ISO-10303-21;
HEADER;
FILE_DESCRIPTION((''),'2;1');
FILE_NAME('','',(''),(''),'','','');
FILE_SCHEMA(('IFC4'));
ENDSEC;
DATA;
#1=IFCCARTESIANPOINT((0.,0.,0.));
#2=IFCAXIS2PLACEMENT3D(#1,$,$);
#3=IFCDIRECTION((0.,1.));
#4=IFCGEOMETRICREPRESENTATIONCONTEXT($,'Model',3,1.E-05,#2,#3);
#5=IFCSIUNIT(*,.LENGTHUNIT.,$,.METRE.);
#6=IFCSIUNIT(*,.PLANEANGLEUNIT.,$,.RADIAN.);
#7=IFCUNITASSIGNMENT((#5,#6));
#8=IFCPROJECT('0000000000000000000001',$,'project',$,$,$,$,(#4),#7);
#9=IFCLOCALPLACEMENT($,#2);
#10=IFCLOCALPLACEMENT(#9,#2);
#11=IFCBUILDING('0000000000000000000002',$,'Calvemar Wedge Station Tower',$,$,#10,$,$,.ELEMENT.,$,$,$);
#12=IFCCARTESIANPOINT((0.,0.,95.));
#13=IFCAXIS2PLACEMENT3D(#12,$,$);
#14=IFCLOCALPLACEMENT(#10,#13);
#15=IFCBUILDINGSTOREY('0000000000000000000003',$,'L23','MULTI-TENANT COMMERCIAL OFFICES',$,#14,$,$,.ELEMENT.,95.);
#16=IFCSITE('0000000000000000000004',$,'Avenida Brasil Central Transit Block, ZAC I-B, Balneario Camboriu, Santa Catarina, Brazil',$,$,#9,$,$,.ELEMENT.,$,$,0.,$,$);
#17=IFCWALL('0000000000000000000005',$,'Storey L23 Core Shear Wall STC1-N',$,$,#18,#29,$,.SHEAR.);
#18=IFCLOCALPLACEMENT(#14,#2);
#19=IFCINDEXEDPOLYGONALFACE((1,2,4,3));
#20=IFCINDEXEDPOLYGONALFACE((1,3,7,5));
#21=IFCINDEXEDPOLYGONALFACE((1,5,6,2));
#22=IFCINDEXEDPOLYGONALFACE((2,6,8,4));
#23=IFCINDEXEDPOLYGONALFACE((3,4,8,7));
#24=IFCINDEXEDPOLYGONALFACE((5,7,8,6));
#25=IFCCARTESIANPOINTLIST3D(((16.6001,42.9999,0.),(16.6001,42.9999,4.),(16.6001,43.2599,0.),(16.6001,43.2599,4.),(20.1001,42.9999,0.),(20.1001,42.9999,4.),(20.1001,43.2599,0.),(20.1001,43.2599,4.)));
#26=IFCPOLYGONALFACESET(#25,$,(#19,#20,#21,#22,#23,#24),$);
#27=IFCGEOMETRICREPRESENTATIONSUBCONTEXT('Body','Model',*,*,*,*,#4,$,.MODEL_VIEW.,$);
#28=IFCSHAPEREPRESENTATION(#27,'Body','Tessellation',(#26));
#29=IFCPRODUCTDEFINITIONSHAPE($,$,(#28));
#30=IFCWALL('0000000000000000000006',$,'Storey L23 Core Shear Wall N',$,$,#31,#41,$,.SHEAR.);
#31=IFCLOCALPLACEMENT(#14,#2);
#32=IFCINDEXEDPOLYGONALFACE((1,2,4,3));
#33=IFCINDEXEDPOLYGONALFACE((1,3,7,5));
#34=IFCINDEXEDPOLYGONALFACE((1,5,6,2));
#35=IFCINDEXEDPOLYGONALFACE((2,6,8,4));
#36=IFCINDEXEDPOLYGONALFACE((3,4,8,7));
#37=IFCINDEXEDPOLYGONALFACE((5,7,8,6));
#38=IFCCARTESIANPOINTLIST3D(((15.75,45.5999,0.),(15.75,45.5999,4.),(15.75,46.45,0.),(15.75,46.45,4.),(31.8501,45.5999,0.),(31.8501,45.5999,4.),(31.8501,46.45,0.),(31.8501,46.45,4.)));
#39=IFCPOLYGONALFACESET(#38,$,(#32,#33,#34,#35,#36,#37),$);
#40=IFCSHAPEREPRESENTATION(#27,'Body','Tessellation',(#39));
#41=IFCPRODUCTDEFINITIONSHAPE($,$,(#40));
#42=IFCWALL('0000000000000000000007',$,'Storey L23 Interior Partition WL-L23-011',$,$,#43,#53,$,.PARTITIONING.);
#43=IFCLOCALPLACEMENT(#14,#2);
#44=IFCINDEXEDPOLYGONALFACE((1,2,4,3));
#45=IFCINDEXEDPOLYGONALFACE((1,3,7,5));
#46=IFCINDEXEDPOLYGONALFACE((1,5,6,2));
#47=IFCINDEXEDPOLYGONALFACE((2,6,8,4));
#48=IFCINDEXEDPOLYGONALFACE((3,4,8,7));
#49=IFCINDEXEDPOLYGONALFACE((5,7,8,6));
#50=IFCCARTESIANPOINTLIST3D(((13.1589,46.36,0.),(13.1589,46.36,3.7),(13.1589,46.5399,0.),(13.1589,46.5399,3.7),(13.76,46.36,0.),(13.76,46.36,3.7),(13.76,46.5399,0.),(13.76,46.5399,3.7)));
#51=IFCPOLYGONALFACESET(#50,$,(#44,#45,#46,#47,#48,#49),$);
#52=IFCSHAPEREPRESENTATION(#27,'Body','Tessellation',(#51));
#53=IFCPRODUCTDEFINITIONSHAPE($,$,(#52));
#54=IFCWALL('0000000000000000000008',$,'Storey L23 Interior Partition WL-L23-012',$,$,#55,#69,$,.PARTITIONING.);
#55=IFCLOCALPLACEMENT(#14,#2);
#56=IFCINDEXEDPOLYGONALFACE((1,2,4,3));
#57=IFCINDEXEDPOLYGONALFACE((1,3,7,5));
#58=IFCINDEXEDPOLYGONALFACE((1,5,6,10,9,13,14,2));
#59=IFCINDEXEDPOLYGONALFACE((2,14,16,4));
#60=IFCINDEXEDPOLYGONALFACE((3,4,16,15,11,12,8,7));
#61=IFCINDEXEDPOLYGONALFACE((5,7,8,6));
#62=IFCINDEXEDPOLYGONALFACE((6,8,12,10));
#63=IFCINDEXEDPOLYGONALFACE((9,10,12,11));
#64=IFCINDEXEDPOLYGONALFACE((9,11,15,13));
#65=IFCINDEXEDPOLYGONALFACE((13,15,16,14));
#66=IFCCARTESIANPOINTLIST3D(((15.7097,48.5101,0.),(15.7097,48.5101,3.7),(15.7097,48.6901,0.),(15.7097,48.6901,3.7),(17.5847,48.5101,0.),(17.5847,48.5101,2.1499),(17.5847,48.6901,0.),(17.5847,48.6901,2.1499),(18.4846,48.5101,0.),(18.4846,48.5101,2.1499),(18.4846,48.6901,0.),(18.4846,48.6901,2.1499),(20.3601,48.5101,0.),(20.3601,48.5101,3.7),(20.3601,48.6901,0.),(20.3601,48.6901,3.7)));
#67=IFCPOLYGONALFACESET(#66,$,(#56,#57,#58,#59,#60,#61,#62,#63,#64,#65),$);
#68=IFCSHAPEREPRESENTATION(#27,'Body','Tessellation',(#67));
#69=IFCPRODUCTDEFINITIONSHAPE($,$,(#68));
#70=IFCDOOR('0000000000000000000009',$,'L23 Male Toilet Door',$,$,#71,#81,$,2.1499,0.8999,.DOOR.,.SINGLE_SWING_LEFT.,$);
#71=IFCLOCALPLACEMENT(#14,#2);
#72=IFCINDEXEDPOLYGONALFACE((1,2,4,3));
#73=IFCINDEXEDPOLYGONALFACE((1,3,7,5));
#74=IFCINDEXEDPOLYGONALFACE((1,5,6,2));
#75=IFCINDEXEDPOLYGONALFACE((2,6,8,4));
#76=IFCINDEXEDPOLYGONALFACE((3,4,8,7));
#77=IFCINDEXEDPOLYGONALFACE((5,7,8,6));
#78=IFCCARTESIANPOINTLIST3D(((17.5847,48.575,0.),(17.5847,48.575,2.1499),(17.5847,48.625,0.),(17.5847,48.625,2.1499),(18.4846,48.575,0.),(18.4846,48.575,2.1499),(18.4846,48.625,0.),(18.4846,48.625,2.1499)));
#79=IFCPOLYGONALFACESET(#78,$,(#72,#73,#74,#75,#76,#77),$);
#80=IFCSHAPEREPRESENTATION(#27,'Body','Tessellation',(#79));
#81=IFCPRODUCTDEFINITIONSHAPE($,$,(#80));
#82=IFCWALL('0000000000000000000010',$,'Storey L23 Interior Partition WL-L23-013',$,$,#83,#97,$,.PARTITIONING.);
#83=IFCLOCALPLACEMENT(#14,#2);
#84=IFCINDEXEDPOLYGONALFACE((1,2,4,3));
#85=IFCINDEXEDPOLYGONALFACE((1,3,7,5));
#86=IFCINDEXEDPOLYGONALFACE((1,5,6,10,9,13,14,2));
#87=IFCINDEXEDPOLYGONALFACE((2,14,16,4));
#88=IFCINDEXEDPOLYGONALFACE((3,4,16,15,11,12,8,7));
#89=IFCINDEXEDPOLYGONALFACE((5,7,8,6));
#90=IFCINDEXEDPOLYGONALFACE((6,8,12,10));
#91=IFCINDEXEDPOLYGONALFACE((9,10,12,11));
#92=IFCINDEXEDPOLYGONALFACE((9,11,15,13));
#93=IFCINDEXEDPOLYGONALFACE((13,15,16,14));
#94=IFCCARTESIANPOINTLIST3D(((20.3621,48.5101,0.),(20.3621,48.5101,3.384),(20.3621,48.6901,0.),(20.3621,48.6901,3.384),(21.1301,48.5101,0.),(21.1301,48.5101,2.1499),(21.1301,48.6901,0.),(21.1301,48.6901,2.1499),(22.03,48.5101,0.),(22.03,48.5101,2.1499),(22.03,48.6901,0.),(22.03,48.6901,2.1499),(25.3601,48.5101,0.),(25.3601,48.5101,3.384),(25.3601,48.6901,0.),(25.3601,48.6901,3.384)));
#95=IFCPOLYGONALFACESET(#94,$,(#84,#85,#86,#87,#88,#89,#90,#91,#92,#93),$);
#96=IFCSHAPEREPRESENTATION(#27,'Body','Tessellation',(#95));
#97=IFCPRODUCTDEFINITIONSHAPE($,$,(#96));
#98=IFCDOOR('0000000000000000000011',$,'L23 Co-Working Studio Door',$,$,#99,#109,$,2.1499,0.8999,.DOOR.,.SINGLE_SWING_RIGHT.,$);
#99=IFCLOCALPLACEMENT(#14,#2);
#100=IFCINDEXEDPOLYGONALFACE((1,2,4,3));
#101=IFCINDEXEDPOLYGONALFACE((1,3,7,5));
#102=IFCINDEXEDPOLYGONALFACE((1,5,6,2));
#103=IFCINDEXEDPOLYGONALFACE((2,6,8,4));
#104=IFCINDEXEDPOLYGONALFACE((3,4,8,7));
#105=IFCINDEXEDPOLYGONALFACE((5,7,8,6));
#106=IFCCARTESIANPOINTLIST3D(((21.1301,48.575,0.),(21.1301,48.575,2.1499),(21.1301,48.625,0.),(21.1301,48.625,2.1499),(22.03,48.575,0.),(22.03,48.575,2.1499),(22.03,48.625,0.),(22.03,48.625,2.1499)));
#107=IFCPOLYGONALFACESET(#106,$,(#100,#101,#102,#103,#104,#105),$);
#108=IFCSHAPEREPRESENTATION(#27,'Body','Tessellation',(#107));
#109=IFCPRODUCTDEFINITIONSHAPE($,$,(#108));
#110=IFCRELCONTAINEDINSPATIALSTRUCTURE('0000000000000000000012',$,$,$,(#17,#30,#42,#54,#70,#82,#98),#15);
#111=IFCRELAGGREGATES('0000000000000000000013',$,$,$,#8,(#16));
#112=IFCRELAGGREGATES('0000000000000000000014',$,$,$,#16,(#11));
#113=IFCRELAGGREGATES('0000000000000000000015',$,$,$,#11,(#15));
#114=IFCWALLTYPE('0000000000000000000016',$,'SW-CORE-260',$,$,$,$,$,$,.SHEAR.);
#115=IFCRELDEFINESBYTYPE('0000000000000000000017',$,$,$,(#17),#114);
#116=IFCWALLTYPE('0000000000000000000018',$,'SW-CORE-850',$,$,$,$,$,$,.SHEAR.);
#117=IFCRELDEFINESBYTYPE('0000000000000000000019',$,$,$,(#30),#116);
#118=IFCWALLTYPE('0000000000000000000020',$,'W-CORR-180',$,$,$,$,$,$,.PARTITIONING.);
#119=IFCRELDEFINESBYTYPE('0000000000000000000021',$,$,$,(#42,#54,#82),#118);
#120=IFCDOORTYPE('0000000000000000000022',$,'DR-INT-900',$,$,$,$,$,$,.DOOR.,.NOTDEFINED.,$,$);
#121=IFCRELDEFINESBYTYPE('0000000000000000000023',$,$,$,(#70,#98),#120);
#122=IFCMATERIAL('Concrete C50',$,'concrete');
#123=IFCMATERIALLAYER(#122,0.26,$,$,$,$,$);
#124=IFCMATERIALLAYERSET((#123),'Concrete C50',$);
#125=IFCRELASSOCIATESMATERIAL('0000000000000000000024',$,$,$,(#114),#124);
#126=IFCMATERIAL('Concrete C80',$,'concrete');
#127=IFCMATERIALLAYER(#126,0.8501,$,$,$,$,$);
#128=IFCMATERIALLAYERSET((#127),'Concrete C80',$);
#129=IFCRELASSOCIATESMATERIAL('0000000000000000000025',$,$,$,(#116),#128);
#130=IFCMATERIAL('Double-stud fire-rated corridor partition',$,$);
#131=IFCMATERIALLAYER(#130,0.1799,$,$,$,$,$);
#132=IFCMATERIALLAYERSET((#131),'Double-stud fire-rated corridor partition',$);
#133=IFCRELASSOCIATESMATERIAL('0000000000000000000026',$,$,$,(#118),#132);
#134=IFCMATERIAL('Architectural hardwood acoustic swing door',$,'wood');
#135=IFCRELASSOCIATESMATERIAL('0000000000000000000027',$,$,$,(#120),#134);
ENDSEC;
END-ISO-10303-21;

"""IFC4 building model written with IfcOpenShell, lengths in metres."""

from ifc_helpers import new_model, si_unit, direction, frame, frame_2d, origin, place, context, subcontext, project, spatial, rectangle, extrude, source, transform, mapped, material, layer, layer_set, type_object, element, fill, save


model = new_model("IFC4")

# Units and contexts
model_context = context("Model", 3, precision=1e-05, world=origin(), true_north=direction((0.0, 1.0)))
body_context = subcontext(model_context, "Body", "Model", "MODEL_VIEW")
ifc_project = project(units=[si_unit("LENGTHUNIT", "METRE"), si_unit("PLANEANGLEUNIT", "RADIAN")], contexts=[model_context])

# Site, building, storey
site_placement = place(None, origin())
site = spatial("IfcSite", under=ifc_project, at=site_placement, Name="Avenida Brasil Central Transit Block, ZAC I-B, Balneario Camboriu, Santa Catarina, Brazil", CompositionType="ELEMENT", RefElevation=0.0)
building_placement = place(site_placement, origin())
building = spatial("IfcBuilding", under=site, at=building_placement, Name="Calvemar Wedge Station Tower", CompositionType="ELEMENT")
storey_placement = place(building_placement, frame((0.0, 0.0, 95.0)))
storey = spatial("IfcBuildingStorey", under=building, at=storey_placement, Name="L23", Description="MULTI-TENANT COMMERCIAL OFFICES", CompositionType="ELEMENT", Elevation=95.0)

# Walls
ifc_material_1 = material(Name="Concrete C50", Category="concrete")
ifc_layer_1 = layer(ifc_material_1, 0.26)
ifc_layer_set_1 = layer_set([ifc_layer_1], Name="Concrete C50")
wall_type_1 = type_object("IfcWallType", Name="SW-CORE-260", PredefinedType="SHEAR", material=ifc_layer_set_1)
wall_1_placement = place(storey_placement, frame((16.6001, 43.1299, 0.0), z_axis=(0.0, 0.0, 1.0), x_axis=(1.0, 0.0, 0.0)))
element("IfcWall", 1, at=wall_1_placement, inside=storey, type_object=wall_type_1, Name="Storey L23 Core Shear Wall STC1-N", PredefinedType="SHEAR", context=body_context, shape_type="SweptSolid", body=[
    extrude(rectangle(XDim=3.5, YDim=0.26, at=frame_2d((1.75, 0.0))), origin(), (0.0, 0.0, 1.0), 4.0),
])
ifc_material_2 = material(Name="Concrete C80", Category="concrete")
ifc_layer_2 = layer(ifc_material_2, 0.8501)
ifc_layer_set_2 = layer_set([ifc_layer_2], Name="Concrete C80")
wall_type_2 = type_object("IfcWallType", Name="SW-CORE-850", PredefinedType="SHEAR", material=ifc_layer_set_2)
wall_2_placement = place(storey_placement, frame((15.75, 46.0249, 0.0), z_axis=(0.0, 0.0, 1.0), x_axis=(1.0, 0.0, 0.0)))
element("IfcWall", 2, at=wall_2_placement, inside=storey, type_object=wall_type_2, Name="Storey L23 Core Shear Wall N", PredefinedType="SHEAR", context=body_context, shape_type="SweptSolid", body=[
    extrude(rectangle(XDim=16.1001, YDim=0.8501, at=frame_2d((8.05, 0.0))), origin(), (0.0, 0.0, 1.0), 4.0),
])
ifc_material_3 = material(Name="Double-stud fire-rated corridor partition")
ifc_layer_3 = layer(ifc_material_3, 0.1799)
ifc_layer_set_3 = layer_set([ifc_layer_3], Name="Double-stud fire-rated corridor partition")
wall_type_3 = type_object("IfcWallType", Name="W-CORR-180", PredefinedType="PARTITIONING", material=ifc_layer_set_3)
wall_3_placement = place(storey_placement, frame((13.76, 46.45, 0.0), z_axis=(0.0, 0.0, 1.0), x_axis=(-1.0, 0.0, 0.0)))
element("IfcWall", 3, at=wall_3_placement, inside=storey, type_object=wall_type_3, Name="Storey L23 Interior Partition WL-L23-011", PredefinedType="PARTITIONING", context=body_context, shape_type="SweptSolid", body=[
    extrude(rectangle(XDim=0.6011, YDim=0.1799, at=frame_2d((0.3005, 0.0))), origin(), (0.0, 0.0, 1.0), 3.7),
])

# Walls, openings, doors
wall_4_placement = place(storey_placement, frame((15.7097, 48.6001, 0.0), z_axis=(0.0, 0.0, 1.0), x_axis=(1.0, 0.0, 0.0)))
wall_4 = element("IfcWall", 4, at=wall_4_placement, inside=storey, type_object=wall_type_3, Name="Storey L23 Interior Partition WL-L23-012", PredefinedType="PARTITIONING", context=body_context, shape_type="SweptSolid", body=[
    extrude(rectangle(XDim=4.6504, YDim=0.1799, at=frame_2d((2.3252, 0.0))), origin(), (0.0, 0.0, 1.0), 3.7),
])
shared_shape_1 = source(origin(), body_context, "Body", "SweptSolid", [
    extrude(rectangle(XDim=0.8999, YDim=2.1499, at=frame_2d((0.45, 1.075))), frame((0.0, 0.1001, 0.0), z_axis=(0.0, -1.0, 0.0), x_axis=(1.0, 0.0, 0.0)), (0.0, 0.0, 1.0), 0.2),
])
opening_1_placement = place(wall_4_placement, frame((1.875, 0.0, 0.0)))
opening_1 = element("IfcOpeningElement", 5, at=opening_1_placement, cuts=wall_4, PredefinedType="OPENING", context=body_context, shape_type="MappedRepresentation", body=[
    mapped(shared_shape_1, transform((0.0, 0.0, 0.0), scale=1.0)),
])
ifc_material_4 = material(Name="Architectural hardwood acoustic swing door", Category="wood")
door_type_1 = type_object("IfcDoorType", Name="DR-INT-900", OperationType="NOTDEFINED", PredefinedType="DOOR", material=ifc_material_4)
shared_shape_2 = source(origin(), body_context, "Body", "SweptSolid", [
    extrude(rectangle(XDim=0.8999, YDim=2.1499, at=frame_2d((0.45, 1.075))), frame((0.0, 0.0249, 0.0), z_axis=(0.0, -1.0, 0.0), x_axis=(1.0, 0.0, 0.0)), (0.0, 0.0, 1.0), 0.05),
])
door_1_placement = place(opening_1_placement, origin())
door_1 = element("IfcDoor", 6, at=door_1_placement, inside=storey, type_object=door_type_1, Name="L23 Male Toilet Door", OperationType="SINGLE_SWING_LEFT", OverallHeight=2.1499, OverallWidth=0.8999, PredefinedType="DOOR", context=body_context, shape_type="MappedRepresentation", body=[
    mapped(shared_shape_2, transform((0.0, 0.0, 0.0), scale=1.0)),
])
fill(opening_1, door_1)
wall_5_placement = place(storey_placement, frame((20.3621, 48.6001, 0.0), z_axis=(0.0, 0.0, 1.0), x_axis=(1.0, 0.0, 0.0)))
wall_5 = element("IfcWall", 7, at=wall_5_placement, inside=storey, type_object=wall_type_3, Name="Storey L23 Interior Partition WL-L23-013", PredefinedType="PARTITIONING", context=body_context, shape_type="SweptSolid", body=[
    extrude(rectangle(XDim=4.998, YDim=0.1799, at=frame_2d((2.499, 0.0))), origin(), (0.0, 0.0, 1.0), 3.384),
])
opening_2_placement = place(wall_5_placement, frame((0.7681, 0.0, 0.0)))
opening_2 = element("IfcOpeningElement", 8, at=opening_2_placement, cuts=wall_5, PredefinedType="OPENING", context=body_context, shape_type="MappedRepresentation", body=[
    mapped(shared_shape_1, transform((0.0, 0.0, 0.0), scale=1.0)),
])
door_2_placement = place(opening_2_placement, origin())
door_2 = element("IfcDoor", 9, at=door_2_placement, inside=storey, type_object=door_type_1, Name="L23 Co-Working Studio Door", OperationType="SINGLE_SWING_RIGHT", OverallHeight=2.1499, OverallWidth=0.8999, PredefinedType="DOOR", context=body_context, shape_type="MappedRepresentation", body=[
    mapped(shared_shape_2, transform((0.0, 0.0, 0.0), scale=1.0)),
])
fill(opening_2, door_2)

save(model, "model.ifc")
